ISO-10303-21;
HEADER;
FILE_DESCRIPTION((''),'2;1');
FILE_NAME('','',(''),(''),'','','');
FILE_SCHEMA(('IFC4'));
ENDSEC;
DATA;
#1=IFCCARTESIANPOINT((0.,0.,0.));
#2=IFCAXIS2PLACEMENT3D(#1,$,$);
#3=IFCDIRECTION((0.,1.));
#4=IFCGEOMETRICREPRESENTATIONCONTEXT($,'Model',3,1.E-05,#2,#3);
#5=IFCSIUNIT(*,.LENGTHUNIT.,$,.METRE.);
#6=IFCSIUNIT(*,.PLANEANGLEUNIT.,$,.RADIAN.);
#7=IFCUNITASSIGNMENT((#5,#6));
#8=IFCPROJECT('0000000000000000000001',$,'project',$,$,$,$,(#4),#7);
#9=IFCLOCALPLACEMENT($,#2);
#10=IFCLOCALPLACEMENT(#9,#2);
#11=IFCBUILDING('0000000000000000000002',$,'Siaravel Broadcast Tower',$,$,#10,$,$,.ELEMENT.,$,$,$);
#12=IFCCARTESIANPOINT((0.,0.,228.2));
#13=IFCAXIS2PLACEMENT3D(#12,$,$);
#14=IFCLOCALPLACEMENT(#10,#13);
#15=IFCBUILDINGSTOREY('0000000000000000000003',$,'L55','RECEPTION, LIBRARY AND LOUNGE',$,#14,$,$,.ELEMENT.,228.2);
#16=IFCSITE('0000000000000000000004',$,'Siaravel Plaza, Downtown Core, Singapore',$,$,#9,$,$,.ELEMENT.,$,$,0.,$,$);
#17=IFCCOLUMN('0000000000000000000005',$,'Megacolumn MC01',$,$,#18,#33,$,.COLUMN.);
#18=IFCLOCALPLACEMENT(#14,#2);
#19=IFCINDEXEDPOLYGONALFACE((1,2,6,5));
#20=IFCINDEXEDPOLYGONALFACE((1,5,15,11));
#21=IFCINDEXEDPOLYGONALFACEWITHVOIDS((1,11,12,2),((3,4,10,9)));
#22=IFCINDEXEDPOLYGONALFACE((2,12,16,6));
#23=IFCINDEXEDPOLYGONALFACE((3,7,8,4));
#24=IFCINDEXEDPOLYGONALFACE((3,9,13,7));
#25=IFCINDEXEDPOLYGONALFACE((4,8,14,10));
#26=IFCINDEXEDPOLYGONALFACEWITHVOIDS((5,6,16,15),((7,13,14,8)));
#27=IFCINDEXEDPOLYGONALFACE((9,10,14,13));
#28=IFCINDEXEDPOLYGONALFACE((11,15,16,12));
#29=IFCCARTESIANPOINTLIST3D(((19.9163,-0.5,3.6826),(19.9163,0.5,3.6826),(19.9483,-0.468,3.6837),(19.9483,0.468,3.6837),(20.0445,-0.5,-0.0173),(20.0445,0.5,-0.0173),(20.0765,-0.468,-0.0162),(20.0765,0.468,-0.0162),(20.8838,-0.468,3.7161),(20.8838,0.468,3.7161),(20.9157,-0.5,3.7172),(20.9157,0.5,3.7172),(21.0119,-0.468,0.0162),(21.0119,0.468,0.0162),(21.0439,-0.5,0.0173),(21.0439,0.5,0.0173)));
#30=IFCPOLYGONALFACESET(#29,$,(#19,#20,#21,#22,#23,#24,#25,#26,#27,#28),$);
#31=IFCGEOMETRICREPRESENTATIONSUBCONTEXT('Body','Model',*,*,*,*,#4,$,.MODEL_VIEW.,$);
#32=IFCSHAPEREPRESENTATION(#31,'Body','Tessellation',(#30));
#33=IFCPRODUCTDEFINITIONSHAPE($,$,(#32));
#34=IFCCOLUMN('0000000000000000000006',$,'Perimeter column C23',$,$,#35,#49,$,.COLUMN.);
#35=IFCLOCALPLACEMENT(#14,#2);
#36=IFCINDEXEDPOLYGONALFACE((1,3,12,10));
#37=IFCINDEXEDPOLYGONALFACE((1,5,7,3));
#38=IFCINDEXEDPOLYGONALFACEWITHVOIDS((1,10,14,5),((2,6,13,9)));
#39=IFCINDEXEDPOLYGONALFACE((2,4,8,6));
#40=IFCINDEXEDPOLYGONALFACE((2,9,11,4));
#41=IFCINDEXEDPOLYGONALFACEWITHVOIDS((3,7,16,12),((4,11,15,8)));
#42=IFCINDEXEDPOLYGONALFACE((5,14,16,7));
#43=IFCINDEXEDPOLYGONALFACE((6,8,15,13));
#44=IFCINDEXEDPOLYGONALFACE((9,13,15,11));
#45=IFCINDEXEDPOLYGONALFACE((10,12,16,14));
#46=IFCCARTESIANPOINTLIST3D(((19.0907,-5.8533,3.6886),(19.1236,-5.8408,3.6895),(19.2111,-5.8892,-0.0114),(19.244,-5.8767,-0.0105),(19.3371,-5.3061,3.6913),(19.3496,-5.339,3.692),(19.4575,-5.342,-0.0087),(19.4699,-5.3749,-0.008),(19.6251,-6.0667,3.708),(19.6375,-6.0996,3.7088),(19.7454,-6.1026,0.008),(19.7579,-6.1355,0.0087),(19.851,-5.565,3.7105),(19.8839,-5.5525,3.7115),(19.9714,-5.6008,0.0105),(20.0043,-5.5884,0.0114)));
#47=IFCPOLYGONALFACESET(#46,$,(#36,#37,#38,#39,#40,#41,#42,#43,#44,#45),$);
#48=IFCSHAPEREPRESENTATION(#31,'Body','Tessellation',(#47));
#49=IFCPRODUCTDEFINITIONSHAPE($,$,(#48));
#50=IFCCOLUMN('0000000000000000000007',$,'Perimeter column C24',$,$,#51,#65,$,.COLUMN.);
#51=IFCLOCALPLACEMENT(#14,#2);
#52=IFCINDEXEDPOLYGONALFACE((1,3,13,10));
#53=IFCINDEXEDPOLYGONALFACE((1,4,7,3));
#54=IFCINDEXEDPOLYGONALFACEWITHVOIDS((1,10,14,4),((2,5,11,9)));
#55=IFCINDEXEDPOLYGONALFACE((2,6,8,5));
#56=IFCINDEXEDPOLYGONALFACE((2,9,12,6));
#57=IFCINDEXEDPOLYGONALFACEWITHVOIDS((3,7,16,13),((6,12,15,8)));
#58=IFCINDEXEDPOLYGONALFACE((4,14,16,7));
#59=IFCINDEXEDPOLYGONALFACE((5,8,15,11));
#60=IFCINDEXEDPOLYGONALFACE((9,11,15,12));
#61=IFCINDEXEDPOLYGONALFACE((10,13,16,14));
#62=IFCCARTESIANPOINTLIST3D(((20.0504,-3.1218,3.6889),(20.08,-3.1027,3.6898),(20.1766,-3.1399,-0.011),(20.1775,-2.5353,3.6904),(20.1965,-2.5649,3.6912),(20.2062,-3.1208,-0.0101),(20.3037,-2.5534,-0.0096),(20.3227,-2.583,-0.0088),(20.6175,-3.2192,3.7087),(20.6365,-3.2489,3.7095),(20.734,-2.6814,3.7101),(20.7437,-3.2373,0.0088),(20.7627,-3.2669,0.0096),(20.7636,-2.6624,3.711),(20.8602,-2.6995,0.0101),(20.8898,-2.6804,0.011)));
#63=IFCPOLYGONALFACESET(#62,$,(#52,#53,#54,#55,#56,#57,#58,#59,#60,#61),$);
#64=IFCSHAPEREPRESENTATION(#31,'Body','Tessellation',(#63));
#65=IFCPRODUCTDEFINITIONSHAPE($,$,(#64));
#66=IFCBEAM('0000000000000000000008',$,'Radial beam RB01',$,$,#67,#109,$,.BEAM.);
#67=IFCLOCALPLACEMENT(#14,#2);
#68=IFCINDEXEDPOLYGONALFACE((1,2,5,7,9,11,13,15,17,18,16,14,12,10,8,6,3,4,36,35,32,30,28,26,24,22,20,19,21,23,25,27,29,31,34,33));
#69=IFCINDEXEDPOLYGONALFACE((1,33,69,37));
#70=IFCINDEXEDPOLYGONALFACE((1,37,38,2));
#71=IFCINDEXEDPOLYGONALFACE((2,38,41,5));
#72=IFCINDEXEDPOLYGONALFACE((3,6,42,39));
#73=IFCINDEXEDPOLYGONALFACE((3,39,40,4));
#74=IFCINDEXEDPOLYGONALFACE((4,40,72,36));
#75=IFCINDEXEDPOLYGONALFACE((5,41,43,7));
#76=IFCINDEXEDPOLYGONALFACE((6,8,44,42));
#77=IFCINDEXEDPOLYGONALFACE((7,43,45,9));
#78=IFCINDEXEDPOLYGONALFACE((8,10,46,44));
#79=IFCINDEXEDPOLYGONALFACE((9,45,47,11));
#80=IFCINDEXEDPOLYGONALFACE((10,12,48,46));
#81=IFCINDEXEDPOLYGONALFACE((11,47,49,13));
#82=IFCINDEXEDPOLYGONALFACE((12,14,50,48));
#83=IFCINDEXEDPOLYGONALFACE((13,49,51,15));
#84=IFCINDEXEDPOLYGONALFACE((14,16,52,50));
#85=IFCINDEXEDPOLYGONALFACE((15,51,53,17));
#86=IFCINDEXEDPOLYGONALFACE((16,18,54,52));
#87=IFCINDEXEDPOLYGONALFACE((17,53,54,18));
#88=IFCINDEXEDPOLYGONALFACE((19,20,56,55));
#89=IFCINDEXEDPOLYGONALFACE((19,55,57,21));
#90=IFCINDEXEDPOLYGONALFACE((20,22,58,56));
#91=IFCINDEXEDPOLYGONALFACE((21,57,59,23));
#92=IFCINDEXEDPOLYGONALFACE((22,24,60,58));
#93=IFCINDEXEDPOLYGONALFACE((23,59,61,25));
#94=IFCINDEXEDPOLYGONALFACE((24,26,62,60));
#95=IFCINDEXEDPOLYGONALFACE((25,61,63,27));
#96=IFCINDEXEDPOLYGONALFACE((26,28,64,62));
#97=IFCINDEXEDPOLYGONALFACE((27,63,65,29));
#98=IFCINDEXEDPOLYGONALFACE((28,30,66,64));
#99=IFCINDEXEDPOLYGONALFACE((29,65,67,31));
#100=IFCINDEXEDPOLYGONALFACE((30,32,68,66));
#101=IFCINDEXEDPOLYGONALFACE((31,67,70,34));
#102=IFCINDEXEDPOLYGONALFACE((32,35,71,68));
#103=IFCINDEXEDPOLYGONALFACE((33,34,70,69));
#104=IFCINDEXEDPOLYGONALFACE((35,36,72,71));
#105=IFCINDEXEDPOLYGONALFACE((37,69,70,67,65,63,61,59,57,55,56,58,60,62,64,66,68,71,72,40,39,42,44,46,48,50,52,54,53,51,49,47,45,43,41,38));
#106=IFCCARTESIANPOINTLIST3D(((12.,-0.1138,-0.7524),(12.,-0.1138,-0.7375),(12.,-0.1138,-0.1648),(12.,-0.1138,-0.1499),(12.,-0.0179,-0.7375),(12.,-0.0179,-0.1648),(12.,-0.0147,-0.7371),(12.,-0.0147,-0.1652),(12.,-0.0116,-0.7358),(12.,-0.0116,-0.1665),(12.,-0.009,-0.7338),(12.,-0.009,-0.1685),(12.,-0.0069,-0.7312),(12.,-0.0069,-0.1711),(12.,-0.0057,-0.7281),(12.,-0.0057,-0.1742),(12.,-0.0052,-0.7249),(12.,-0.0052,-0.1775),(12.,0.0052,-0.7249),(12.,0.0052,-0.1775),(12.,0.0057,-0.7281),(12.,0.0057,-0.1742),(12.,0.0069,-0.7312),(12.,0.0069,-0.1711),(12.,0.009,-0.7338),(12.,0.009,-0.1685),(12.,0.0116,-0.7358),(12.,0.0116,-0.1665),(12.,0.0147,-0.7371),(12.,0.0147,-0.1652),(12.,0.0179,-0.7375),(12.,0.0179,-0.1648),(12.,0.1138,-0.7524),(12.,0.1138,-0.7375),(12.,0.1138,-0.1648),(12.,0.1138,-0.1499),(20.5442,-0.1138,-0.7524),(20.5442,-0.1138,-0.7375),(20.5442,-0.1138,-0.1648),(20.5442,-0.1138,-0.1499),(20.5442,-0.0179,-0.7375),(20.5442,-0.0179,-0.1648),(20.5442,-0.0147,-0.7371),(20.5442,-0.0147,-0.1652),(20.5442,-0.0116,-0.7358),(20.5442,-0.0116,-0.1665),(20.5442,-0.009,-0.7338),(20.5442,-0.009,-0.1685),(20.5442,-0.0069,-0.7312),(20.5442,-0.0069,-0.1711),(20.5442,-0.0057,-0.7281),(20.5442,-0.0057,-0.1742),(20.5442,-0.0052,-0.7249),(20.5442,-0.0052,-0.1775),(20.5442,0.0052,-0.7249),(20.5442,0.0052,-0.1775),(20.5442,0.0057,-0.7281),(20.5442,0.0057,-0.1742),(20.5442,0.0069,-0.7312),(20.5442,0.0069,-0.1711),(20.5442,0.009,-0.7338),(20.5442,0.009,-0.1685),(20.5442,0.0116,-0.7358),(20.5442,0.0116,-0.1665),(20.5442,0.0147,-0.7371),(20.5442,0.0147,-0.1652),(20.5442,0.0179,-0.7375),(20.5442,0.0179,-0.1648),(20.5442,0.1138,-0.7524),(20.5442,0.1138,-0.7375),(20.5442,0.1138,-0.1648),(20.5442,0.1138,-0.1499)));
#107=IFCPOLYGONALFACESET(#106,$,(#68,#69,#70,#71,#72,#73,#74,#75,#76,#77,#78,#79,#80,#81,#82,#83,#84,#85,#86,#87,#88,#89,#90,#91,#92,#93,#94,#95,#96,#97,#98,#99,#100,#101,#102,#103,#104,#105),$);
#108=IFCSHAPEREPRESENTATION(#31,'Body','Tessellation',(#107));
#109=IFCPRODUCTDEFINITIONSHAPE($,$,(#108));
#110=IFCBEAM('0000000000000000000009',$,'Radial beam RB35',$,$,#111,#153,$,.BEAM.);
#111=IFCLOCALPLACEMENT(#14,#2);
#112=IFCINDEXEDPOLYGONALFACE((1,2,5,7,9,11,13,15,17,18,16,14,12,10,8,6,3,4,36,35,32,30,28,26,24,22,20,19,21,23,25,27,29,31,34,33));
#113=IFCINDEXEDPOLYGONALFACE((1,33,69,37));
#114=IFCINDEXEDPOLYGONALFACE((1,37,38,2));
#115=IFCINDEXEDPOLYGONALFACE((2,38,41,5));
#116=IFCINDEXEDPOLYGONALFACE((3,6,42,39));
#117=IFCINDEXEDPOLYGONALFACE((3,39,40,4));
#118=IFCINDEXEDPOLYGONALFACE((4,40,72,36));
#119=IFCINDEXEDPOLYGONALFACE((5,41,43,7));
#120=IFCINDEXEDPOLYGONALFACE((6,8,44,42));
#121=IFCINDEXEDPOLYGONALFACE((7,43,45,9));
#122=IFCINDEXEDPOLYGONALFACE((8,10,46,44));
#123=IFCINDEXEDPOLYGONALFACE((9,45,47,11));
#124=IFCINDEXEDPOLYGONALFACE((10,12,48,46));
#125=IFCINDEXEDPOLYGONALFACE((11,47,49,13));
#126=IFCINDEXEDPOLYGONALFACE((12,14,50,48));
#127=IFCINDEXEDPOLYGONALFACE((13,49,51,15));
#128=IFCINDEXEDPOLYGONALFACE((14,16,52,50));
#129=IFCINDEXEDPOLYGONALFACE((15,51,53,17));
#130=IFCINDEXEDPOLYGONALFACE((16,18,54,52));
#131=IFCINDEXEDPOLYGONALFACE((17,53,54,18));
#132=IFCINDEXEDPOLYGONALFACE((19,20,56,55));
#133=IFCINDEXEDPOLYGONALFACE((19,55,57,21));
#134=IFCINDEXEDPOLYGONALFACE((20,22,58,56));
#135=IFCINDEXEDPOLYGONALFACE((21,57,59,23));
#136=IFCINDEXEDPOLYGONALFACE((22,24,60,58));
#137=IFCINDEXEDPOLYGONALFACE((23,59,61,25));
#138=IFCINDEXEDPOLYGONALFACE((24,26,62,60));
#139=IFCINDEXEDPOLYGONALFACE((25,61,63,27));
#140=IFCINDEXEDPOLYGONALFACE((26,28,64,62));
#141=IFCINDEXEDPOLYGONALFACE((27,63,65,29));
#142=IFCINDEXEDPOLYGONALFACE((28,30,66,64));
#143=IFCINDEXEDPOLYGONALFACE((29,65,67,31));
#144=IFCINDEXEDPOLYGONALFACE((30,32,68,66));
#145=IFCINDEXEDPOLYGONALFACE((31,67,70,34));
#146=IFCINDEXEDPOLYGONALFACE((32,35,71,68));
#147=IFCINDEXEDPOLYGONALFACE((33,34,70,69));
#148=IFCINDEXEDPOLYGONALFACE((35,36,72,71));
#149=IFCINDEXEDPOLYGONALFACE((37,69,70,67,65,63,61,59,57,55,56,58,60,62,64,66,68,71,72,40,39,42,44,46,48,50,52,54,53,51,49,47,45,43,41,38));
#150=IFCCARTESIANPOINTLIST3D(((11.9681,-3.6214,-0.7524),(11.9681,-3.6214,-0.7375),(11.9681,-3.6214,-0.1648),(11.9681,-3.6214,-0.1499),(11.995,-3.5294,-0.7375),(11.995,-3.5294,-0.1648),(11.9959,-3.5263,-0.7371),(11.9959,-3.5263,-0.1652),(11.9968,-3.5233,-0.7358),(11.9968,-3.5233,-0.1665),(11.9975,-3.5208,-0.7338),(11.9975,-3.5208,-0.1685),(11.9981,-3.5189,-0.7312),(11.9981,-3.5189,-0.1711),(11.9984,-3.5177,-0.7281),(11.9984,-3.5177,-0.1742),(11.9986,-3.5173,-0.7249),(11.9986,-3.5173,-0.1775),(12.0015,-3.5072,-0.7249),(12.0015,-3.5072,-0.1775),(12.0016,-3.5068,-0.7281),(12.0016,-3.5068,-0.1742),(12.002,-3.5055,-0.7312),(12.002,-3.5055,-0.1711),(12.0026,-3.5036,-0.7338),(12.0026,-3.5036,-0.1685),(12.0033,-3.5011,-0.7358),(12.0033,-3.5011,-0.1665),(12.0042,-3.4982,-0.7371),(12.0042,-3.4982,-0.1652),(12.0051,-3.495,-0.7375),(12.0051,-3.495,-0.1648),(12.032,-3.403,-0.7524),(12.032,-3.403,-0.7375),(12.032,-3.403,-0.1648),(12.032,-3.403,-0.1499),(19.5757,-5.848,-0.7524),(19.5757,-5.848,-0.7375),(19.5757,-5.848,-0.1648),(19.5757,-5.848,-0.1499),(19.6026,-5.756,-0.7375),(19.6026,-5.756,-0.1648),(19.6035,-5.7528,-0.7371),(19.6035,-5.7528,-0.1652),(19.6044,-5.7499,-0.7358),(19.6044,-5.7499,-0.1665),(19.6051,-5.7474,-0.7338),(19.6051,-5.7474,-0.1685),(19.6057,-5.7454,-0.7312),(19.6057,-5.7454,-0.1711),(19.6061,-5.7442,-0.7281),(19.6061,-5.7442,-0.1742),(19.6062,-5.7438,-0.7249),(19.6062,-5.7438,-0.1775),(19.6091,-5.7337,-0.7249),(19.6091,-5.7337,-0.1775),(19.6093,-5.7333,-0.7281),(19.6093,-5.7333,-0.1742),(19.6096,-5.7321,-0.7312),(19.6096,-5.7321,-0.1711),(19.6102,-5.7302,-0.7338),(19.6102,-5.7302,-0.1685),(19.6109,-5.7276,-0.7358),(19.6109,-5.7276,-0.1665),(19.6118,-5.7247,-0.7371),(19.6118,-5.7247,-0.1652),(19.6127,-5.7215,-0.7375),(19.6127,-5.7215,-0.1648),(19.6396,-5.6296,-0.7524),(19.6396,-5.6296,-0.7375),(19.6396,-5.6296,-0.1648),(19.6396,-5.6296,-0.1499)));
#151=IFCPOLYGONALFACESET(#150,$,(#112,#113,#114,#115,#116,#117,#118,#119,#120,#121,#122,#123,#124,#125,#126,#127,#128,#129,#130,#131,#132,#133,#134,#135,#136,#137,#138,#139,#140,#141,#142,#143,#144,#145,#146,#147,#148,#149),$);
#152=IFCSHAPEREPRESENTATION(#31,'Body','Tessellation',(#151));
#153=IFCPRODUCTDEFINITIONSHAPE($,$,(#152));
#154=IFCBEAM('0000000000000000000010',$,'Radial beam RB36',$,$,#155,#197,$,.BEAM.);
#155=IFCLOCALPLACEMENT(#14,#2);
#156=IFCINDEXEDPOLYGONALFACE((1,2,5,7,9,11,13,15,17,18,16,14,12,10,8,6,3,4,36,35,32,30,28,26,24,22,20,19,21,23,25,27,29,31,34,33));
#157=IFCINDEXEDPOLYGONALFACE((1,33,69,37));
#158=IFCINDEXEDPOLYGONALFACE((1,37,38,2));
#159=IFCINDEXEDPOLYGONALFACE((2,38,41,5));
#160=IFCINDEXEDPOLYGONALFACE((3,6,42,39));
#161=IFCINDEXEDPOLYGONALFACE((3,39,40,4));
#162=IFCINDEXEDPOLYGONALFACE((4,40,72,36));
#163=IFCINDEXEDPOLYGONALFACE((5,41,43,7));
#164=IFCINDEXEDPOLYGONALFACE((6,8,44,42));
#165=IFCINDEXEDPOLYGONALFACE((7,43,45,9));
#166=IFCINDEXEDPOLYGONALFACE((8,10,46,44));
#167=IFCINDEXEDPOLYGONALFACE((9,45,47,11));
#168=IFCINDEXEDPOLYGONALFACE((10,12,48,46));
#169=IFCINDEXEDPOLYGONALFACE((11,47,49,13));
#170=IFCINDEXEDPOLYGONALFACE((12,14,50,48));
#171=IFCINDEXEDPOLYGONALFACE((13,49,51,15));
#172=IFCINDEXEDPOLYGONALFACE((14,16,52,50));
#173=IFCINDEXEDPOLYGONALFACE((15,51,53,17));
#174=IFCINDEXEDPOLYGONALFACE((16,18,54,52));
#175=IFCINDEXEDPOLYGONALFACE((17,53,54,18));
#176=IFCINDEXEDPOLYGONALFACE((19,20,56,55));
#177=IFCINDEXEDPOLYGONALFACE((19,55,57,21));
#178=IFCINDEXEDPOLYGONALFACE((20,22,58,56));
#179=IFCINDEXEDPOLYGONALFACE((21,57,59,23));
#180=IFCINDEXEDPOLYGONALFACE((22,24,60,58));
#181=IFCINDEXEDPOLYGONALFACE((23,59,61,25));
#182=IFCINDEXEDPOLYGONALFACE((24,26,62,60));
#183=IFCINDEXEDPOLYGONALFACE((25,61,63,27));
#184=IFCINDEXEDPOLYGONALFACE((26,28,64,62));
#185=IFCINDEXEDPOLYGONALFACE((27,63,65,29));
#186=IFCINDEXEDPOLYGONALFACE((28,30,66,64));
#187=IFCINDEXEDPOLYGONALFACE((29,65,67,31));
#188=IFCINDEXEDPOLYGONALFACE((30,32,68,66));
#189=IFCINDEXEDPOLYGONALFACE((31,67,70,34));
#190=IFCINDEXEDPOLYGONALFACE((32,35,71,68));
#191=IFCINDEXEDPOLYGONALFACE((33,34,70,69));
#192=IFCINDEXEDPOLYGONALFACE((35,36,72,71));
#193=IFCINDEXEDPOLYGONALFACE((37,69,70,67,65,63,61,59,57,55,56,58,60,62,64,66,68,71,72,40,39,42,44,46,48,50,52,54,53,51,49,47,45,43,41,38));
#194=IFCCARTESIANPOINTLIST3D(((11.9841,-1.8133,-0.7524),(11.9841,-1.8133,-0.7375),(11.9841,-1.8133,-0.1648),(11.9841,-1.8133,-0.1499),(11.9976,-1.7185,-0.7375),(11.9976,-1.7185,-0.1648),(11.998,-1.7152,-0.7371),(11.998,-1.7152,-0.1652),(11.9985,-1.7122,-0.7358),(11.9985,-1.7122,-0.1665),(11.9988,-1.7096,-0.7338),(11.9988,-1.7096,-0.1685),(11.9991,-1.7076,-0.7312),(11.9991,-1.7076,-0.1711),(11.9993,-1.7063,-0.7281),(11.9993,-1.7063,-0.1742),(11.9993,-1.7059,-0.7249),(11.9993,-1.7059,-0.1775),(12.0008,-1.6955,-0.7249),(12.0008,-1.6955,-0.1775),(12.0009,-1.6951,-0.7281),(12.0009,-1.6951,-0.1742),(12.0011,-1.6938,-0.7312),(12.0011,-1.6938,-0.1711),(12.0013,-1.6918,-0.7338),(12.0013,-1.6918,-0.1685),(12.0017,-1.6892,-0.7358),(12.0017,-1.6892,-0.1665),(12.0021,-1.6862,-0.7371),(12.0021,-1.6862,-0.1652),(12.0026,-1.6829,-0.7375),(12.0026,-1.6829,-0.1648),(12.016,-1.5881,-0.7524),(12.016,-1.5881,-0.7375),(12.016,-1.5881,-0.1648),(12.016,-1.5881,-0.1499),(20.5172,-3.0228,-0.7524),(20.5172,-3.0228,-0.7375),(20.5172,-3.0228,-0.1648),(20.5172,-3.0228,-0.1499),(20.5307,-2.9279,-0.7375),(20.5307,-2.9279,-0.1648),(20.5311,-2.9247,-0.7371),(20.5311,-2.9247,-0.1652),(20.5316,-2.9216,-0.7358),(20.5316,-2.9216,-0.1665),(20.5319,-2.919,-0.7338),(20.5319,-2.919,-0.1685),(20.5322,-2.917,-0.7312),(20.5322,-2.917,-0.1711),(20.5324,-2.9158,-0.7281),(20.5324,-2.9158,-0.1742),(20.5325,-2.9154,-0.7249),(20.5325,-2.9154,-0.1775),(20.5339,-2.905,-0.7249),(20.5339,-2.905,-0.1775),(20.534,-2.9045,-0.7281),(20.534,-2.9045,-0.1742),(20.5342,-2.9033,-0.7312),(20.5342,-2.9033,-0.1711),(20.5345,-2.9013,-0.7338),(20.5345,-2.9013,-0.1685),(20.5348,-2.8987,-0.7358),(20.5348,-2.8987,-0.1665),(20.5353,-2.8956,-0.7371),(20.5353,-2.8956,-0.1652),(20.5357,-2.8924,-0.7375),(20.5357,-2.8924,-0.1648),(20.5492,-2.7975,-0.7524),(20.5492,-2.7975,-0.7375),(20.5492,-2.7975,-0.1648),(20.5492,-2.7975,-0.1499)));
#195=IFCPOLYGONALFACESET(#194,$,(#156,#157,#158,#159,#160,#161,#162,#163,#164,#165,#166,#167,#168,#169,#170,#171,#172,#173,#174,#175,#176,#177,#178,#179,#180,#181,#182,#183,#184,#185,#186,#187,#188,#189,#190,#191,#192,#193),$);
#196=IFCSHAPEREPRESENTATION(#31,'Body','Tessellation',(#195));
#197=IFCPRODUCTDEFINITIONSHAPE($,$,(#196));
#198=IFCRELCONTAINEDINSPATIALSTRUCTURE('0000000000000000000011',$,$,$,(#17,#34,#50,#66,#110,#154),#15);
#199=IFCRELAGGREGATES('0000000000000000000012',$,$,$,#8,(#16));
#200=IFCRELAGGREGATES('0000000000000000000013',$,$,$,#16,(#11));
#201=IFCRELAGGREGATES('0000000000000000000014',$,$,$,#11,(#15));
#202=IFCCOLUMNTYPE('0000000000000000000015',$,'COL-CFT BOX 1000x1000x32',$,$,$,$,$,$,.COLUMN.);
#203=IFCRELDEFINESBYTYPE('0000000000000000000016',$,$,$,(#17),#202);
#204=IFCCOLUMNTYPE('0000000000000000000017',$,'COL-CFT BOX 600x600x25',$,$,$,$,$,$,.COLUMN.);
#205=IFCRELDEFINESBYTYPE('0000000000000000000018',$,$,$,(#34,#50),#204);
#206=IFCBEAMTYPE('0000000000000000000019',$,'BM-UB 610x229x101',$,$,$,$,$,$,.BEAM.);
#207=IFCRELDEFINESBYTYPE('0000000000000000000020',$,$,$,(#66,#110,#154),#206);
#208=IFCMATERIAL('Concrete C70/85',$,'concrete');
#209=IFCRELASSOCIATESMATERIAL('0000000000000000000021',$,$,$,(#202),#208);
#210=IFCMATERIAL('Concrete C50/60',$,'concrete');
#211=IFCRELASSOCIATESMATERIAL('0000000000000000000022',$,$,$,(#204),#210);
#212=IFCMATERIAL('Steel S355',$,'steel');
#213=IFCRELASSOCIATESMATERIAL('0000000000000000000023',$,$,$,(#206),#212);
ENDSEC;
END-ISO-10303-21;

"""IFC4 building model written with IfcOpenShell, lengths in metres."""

from ifc_helpers import new_model, si_unit, direction, frame, origin, origin_2d, place, context, subcontext, project, spatial, hollow_rectangle, i_section, extrude, material, material_profile, profile_set, type_object, element, save


model = new_model("IFC4")

# Units and contexts
model_context = context("Model", 3, precision=1e-05, world=origin(), true_north=direction((0.0, 1.0)))
body_context = subcontext(model_context, "Body", "Model", "MODEL_VIEW")
ifc_project = project(units=[si_unit("LENGTHUNIT", "METRE"), si_unit("PLANEANGLEUNIT", "RADIAN")], contexts=[model_context])

# Site, building, storey
site_placement = place(None, origin())
site = spatial("IfcSite", under=ifc_project, at=site_placement, Name="Siaravel Plaza, Downtown Core, Singapore", CompositionType="ELEMENT", RefElevation=0.0)
building_placement = place(site_placement, origin())
building = spatial("IfcBuilding", under=site, at=building_placement, Name="Siaravel Broadcast Tower", CompositionType="ELEMENT")
storey_placement = place(building_placement, frame((0.0, 0.0, 228.2)))
storey = spatial("IfcBuildingStorey", under=building, at=storey_placement, Name="L55", Description="RECEPTION, LIBRARY AND LOUNGE", CompositionType="ELEMENT", Elevation=228.2)

# Columns
ifc_material_1 = material(Name="Concrete C70/85", Category="concrete")
ifc_material_profile_1 = material_profile(ifc_material_1, hollow_rectangle(XDim=1.0, YDim=1.0, WallThickness=0.032, at=origin_2d()))
ifc_profile_set_1 = profile_set([ifc_material_profile_1], Name="Concrete C70/85")
column_type_1 = type_object("IfcColumnType", Name="COL-CFT BOX 1000x1000x32", PredefinedType="COLUMN", material=ifc_profile_set_1)
column_placement = place(storey_placement, frame((20.5442, 0.0, 0.0), z_axis=(-0.034621, 0.0, 0.999401), x_axis=(0.0, -1.0, 0.0)))
element("IfcColumn", 1, at=column_placement, inside=storey, type_object=column_type_1, Name="Megacolumn MC01", PredefinedType="COLUMN", context=body_context, shape_type="SweptSolid", body=[
    extrude(hollow_rectangle(XDim=1.0, YDim=1.0, WallThickness=0.032, at=origin_2d()), origin(), (0.0, 0.0, 1.0), 3.7021),
])
ifc_material_2 = material(Name="Concrete C50/60", Category="concrete")
ifc_material_profile_2 = material_profile(ifc_material_2, hollow_rectangle(XDim=0.6001, YDim=0.6001, WallThickness=0.0249, at=origin_2d()))
ifc_profile_set_2 = profile_set([ifc_material_profile_2], Name="Concrete C50/60")
column_type_2 = type_object("IfcColumnType", Name="COL-CFT BOX 600x600x25", PredefinedType="COLUMN", material=ifc_profile_set_2)
for number, where, z_axis, x_axis, name in (
    (2, (19.6077, -5.7388, 0.0), (-0.032512, 0.009694, 0.999424), (-0.410601, -0.911804, -0.004513), "Perimeter column C23"),
    (3, (20.5332, -2.9102, 0.0), (-0.034094, 0.00488, 0.999407), (-0.211754, -0.97732, -0.002452), "Perimeter column C24"),
):
    element("IfcColumn", number, at=place(storey_placement, frame(where, z_axis=z_axis, x_axis=x_axis)), inside=storey, type_object=column_type_2, Name=name, PredefinedType="COLUMN", context=body_context, shape_type="SweptSolid", body=[
        extrude(hollow_rectangle(XDim=0.6001, YDim=0.6001, WallThickness=0.0249, at=origin_2d()), origin(), (0.0, 0.0, 1.0), 3.7021),
    ])

# Beams
ifc_material_3 = material(Name="Steel S355", Category="steel")
ifc_material_profile_3 = material_profile(ifc_material_3, i_section(OverallWidth=0.2275, OverallDepth=0.6025, WebThickness=0.0105, FlangeThickness=0.0149, FilletRadius=0.0127, at=origin_2d()))
ifc_profile_set_3 = profile_set([ifc_material_profile_3], Name="Steel S355")
beam_type = type_object("IfcBeamType", Name="BM-UB 610x229x101", PredefinedType="BEAM", material=ifc_profile_set_3)
beam_1_placement = place(storey_placement, frame((20.5442, 0.0, -0.4512), z_axis=(-1.0, 0.0, 0.0), x_axis=(0.0, -1.0, 0.0)))
element("IfcBeam", 4, at=beam_1_placement, inside=storey, type_object=beam_type, Name="Radial beam RB01", PredefinedType="BEAM", context=body_context, shape_type="SweptSolid", body=[
    extrude(i_section(OverallWidth=0.2275, OverallDepth=0.6025, WebThickness=0.0105, FlangeThickness=0.0149, FilletRadius=0.0127, at=origin_2d()), origin(), (0.0, 0.0, 1.0), 8.5442),
])
beam_2_placement = place(storey_placement, frame((19.6077, -5.7388, -0.4512), z_axis=(-0.95974, 0.28089, 0.0), x_axis=(-0.28089, -0.95974, 0.0)))
element("IfcBeam", 5, at=beam_2_placement, inside=storey, type_object=beam_type, Name="Radial beam RB35", PredefinedType="BEAM", context=body_context, shape_type="SweptSolid", body=[
    extrude(i_section(OverallWidth=0.2275, OverallDepth=0.6025, WebThickness=0.0105, FlangeThickness=0.0149, FilletRadius=0.0127, at=origin_2d()), origin(), (0.0, 0.0, 1.0), 7.9268),
])
beam_3_placement = place(storey_placement, frame((20.5332, -2.9102, -0.4512), z_axis=(-0.990104, 0.140335, 0.0), x_axis=(-0.140335, -0.990104, 0.0)))
element("IfcBeam", 6, at=beam_3_placement, inside=storey, type_object=beam_type, Name="Radial beam RB36", PredefinedType="BEAM", context=body_context, shape_type="SweptSolid", body=[
    extrude(i_section(OverallWidth=0.2275, OverallDepth=0.6025, WebThickness=0.0105, FlangeThickness=0.0149, FilletRadius=0.0127, at=origin_2d()), origin(), (0.0, 0.0, 1.0), 8.6184),
])

save(model, "model.ifc")
